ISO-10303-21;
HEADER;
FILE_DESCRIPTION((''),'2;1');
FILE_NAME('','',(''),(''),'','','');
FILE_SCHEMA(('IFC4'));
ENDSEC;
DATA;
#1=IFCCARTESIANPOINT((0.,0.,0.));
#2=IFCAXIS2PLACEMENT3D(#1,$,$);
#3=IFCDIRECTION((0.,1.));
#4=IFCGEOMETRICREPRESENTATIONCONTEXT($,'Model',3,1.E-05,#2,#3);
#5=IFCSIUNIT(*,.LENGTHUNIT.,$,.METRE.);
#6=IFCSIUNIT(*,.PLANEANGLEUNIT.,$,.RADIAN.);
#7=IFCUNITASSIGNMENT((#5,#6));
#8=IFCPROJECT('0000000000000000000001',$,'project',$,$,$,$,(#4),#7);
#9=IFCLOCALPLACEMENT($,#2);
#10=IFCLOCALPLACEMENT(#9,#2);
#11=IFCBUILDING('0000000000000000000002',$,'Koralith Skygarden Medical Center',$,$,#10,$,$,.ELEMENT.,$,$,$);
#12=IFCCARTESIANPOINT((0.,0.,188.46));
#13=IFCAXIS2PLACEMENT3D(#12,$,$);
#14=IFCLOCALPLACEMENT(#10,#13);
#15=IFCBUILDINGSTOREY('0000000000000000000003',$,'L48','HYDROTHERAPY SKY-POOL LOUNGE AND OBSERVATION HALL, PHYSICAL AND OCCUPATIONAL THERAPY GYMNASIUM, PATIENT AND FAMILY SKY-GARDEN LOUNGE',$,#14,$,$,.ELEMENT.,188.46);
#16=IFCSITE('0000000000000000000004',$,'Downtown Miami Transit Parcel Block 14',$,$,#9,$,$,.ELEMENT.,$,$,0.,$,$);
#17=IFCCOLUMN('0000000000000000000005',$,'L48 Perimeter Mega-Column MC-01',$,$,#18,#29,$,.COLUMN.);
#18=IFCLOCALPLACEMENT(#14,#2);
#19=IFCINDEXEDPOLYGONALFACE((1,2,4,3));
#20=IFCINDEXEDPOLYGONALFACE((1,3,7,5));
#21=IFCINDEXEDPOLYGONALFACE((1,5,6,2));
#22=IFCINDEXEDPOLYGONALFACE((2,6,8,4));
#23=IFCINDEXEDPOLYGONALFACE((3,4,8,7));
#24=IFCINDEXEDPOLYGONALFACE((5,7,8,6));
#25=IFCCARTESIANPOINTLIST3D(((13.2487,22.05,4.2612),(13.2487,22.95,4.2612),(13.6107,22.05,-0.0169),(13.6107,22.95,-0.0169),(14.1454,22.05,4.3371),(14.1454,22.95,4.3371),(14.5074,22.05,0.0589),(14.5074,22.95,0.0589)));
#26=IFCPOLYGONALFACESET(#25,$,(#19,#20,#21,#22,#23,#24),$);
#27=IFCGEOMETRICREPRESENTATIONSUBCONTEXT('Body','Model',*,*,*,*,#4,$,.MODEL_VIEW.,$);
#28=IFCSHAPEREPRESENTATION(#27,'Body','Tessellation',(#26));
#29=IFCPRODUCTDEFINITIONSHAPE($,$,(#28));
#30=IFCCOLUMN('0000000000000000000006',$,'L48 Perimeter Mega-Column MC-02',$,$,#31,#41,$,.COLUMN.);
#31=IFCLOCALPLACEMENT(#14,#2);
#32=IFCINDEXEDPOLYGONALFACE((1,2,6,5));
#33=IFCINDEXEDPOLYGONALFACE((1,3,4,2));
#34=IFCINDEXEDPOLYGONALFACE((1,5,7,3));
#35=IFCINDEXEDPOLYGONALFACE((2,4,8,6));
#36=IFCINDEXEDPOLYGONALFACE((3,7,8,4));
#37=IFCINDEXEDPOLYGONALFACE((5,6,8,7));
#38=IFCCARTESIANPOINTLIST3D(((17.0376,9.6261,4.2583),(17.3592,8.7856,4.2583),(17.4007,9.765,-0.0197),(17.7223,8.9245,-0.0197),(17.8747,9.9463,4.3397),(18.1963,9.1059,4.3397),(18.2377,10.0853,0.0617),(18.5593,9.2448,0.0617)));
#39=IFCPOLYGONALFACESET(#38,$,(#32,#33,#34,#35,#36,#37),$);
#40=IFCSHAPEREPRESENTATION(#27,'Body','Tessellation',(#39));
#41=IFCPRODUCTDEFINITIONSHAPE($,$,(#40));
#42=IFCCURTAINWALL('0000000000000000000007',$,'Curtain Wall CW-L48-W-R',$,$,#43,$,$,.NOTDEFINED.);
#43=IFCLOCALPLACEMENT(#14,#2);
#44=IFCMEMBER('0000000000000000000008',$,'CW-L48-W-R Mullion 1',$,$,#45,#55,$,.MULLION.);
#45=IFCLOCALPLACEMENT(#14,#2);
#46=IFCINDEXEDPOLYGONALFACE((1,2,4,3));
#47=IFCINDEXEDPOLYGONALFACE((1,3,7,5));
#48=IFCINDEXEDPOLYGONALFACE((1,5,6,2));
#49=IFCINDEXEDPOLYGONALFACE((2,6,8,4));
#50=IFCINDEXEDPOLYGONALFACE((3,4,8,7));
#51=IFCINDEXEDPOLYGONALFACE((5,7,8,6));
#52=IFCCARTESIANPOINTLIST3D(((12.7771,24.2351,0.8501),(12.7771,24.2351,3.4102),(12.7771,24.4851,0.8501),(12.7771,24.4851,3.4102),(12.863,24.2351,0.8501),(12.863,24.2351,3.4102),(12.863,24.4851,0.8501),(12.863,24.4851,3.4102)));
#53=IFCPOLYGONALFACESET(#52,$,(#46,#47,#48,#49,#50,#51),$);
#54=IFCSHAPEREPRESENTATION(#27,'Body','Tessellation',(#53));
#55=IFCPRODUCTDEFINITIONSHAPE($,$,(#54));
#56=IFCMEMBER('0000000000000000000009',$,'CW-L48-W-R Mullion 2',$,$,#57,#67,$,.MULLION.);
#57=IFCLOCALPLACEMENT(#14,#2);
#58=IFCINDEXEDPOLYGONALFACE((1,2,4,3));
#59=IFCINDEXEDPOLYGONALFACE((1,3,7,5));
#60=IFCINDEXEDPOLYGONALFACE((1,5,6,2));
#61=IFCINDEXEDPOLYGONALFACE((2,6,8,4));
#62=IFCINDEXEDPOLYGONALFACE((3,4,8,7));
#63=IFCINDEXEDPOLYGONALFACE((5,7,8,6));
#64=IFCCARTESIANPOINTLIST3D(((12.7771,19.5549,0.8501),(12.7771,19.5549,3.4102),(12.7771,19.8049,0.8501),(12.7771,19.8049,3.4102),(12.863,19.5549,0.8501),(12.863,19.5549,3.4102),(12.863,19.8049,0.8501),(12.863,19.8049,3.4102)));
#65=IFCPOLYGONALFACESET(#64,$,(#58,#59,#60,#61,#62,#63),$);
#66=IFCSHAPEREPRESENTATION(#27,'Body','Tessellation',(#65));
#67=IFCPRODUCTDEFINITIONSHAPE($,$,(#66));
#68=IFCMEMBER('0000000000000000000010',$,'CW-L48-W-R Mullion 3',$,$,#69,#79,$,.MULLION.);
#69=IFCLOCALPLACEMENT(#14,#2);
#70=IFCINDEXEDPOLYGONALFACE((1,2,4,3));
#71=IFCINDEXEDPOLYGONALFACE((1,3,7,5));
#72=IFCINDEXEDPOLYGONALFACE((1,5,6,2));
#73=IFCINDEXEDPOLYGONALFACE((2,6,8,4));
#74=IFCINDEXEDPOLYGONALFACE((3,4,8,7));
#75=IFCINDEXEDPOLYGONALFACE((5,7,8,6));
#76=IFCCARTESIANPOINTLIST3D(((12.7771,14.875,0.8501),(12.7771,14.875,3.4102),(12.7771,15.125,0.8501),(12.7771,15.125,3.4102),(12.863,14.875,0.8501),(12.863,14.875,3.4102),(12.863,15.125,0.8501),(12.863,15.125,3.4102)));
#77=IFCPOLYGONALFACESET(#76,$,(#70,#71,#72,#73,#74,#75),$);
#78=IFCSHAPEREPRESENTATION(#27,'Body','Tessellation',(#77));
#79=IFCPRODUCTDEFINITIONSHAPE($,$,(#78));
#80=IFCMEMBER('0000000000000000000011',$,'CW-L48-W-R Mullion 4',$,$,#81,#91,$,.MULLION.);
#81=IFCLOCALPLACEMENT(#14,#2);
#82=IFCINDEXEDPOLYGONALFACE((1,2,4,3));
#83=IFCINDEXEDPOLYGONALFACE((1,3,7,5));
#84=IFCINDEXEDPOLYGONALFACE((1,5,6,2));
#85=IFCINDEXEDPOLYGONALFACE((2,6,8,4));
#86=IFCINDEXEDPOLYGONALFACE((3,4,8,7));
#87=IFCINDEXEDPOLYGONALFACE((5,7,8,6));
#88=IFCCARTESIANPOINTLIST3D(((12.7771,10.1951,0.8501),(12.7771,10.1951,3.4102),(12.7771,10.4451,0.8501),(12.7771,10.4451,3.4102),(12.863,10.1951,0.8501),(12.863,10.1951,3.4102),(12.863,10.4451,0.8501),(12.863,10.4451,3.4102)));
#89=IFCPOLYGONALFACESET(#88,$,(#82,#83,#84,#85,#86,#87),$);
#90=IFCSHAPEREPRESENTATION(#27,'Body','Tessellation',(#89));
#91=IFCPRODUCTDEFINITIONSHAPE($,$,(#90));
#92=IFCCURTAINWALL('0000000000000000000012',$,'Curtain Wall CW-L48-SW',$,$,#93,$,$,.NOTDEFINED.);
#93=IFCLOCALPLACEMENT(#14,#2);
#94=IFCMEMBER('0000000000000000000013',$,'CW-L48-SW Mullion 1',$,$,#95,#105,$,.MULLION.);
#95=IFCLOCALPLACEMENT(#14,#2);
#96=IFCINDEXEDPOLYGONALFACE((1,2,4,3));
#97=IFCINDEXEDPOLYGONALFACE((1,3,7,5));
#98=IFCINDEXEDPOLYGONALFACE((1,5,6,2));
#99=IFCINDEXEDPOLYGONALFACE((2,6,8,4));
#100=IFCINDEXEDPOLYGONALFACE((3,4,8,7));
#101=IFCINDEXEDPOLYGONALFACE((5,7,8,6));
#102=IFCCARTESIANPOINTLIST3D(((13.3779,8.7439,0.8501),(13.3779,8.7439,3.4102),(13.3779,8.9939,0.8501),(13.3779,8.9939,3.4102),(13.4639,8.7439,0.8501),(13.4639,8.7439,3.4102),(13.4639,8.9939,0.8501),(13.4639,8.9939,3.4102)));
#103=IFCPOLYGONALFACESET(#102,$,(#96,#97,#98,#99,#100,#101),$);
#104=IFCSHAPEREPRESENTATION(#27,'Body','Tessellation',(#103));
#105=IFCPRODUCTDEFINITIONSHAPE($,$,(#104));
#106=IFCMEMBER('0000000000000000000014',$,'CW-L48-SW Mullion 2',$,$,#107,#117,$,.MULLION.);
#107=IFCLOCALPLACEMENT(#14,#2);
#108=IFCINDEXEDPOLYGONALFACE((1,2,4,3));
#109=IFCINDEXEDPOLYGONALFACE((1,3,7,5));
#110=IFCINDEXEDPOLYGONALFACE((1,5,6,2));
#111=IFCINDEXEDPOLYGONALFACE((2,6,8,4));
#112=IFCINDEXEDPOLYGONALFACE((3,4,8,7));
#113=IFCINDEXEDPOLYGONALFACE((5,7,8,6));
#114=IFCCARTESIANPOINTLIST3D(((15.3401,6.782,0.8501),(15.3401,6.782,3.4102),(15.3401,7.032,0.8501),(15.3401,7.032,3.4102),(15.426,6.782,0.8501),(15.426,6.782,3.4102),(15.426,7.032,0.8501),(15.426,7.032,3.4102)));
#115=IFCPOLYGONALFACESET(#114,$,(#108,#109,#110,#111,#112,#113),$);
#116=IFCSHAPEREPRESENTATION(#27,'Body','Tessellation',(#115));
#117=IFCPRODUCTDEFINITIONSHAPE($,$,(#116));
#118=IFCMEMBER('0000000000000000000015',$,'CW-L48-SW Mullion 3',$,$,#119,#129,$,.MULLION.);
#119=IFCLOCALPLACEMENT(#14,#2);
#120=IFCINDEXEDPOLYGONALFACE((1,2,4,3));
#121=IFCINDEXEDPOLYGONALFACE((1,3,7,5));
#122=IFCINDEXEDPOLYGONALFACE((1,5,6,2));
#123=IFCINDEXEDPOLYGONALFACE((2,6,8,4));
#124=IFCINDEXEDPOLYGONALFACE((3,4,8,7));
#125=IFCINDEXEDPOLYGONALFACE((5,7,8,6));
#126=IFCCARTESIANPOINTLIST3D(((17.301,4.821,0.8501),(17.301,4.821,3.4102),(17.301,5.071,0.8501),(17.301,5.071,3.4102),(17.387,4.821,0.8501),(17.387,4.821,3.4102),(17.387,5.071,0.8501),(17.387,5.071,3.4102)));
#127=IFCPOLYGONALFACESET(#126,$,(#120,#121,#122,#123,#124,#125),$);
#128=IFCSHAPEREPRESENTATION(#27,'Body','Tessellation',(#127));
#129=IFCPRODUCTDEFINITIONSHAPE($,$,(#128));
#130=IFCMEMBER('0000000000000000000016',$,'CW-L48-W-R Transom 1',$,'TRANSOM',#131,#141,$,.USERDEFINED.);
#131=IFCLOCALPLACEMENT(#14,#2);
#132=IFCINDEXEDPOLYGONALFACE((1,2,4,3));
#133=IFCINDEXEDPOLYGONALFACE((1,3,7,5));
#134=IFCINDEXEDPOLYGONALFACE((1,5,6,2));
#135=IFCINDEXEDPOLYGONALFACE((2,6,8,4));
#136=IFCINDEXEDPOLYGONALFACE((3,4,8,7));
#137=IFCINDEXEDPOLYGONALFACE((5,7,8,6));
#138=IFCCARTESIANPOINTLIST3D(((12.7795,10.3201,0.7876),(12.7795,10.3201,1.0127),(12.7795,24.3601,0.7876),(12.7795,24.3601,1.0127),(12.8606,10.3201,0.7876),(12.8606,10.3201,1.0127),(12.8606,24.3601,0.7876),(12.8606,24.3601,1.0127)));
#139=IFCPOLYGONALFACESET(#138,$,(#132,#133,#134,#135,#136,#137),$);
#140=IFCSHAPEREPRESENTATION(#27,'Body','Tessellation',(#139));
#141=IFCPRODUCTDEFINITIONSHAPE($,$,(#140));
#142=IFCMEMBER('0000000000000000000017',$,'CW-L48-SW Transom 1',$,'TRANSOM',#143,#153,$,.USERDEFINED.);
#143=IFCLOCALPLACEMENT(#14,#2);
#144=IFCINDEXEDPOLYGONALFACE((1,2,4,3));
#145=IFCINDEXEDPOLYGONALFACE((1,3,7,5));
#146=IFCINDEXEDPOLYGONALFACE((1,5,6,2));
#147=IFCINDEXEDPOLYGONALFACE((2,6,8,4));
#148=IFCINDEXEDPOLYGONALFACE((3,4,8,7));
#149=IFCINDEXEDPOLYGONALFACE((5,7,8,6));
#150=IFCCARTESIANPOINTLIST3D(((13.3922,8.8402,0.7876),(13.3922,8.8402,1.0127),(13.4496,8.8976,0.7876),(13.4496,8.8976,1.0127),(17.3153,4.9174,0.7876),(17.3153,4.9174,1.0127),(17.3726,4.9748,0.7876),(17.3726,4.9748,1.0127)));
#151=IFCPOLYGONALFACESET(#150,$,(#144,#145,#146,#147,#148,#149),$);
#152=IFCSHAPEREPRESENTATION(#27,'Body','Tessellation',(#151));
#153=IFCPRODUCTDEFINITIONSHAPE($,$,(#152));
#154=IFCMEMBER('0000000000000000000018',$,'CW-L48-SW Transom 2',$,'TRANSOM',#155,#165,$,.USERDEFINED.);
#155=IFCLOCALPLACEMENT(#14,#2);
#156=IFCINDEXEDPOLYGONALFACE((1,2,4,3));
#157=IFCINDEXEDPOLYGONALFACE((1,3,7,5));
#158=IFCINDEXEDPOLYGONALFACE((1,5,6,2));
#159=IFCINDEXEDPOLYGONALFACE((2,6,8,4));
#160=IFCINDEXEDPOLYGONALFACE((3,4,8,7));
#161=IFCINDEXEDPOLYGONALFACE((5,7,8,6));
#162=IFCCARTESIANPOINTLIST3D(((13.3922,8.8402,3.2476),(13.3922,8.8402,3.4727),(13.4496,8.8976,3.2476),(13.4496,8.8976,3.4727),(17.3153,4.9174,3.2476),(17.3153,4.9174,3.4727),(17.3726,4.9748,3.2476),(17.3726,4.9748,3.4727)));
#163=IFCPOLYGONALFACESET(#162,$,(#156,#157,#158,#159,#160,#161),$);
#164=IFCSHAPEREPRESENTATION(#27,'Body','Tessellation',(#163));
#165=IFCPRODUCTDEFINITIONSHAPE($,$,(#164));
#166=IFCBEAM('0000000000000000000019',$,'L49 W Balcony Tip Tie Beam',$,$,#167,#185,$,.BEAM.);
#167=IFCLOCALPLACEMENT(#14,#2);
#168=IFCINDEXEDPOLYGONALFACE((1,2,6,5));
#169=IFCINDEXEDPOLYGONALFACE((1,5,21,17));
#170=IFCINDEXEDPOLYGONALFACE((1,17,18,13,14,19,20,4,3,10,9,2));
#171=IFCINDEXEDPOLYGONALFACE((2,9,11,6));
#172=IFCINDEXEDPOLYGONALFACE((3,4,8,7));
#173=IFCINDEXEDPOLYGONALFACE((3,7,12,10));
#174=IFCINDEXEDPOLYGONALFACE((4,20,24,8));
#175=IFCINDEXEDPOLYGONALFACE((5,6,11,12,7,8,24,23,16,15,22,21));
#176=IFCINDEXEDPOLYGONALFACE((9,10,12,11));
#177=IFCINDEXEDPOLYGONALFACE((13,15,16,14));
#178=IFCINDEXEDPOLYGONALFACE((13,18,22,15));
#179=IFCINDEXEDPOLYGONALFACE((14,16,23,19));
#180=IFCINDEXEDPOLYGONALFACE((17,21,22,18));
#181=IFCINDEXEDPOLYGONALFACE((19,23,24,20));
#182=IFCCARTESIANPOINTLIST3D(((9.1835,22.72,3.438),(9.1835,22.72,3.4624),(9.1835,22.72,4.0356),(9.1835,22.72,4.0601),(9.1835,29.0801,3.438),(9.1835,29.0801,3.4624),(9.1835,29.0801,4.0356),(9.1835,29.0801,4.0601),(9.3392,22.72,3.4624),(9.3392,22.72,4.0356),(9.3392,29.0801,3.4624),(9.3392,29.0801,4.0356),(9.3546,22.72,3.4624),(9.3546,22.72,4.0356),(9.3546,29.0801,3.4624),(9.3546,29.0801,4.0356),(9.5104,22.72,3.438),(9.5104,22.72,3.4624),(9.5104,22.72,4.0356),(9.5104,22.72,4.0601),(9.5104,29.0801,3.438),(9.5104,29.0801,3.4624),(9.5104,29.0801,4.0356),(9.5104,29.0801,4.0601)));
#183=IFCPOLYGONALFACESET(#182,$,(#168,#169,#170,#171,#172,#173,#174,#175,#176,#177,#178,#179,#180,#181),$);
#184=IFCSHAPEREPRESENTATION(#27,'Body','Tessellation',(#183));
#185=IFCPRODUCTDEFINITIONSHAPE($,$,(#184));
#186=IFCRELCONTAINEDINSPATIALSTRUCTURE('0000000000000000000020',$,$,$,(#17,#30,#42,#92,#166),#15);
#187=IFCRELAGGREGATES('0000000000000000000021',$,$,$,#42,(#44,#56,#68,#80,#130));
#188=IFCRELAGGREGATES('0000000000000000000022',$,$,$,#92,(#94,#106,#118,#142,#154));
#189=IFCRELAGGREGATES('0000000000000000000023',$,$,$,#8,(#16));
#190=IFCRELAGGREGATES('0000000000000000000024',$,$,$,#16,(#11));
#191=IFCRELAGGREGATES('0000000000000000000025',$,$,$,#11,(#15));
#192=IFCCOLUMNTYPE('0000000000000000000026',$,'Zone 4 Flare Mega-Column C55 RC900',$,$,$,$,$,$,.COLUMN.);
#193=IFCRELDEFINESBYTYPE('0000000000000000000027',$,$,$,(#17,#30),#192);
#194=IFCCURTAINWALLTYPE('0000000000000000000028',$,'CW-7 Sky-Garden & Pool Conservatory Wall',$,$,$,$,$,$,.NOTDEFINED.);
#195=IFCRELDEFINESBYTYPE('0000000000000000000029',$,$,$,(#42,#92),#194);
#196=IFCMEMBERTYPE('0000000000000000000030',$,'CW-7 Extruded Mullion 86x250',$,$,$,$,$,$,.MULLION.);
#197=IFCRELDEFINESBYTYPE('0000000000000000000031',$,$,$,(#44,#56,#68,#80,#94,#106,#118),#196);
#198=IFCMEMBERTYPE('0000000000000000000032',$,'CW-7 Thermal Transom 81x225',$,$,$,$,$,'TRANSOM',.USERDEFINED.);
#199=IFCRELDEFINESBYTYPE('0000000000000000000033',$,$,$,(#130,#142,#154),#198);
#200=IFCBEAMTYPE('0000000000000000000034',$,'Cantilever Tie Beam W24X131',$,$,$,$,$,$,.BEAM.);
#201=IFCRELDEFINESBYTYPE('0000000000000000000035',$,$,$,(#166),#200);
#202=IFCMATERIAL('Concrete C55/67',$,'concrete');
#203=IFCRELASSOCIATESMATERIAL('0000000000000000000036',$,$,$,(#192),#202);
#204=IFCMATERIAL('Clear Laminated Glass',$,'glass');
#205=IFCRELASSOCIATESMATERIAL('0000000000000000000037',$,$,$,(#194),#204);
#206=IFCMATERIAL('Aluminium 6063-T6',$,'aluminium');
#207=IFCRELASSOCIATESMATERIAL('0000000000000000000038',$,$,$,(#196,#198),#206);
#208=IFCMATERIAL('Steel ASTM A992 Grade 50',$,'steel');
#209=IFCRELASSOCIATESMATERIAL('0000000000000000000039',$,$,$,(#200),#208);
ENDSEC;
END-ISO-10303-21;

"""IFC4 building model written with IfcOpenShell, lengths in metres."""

from ifc_helpers import new_model, si_unit, direction, frame, origin, origin_2d, place, context, subcontext, project, spatial, rectangle, i_section, extrude, material, material_profile, profile_set, type_object, element, aggregate, save


model = new_model("IFC4")

# Units and contexts
model_context = context("Model", 3, precision=1e-05, world=origin(), true_north=direction((0.0, 1.0)))
body_context = subcontext(model_context, "Body", "Model", "MODEL_VIEW")
ifc_project = project(units=[si_unit("LENGTHUNIT", "METRE"), si_unit("PLANEANGLEUNIT", "RADIAN")], contexts=[model_context])

# Site, building, storey
site_placement = place(None, origin())
site = spatial("IfcSite", under=ifc_project, at=site_placement, Name="Downtown Miami Transit Parcel Block 14", CompositionType="ELEMENT", RefElevation=0.0)
building_placement = place(site_placement, origin())
building = spatial("IfcBuilding", under=site, at=building_placement, Name="Koralith Skygarden Medical Center", CompositionType="ELEMENT")
storey_placement = place(building_placement, frame((0.0, 0.0, 188.46)))
storey = spatial("IfcBuildingStorey", under=building, at=storey_placement, Name="L48", Description="HYDROTHERAPY SKY-POOL LOUNGE AND OBSERVATION HALL, PHYSICAL AND OCCUPATIONAL THERAPY GYMNASIUM, PATIENT AND FAMILY SKY-GARDEN LOUNGE", CompositionType="ELEMENT", Elevation=188.46)

# Columns
ifc_material_1 = material(Name="Concrete C55/67", Category="concrete")
ifc_material_profile_1 = material_profile(ifc_material_1, rectangle(XDim=0.8999, YDim=0.8999, at=origin_2d()), Name="RC900X900")
ifc_profile_set_1 = profile_set([ifc_material_profile_1], Name="Concrete C55/67")
column_type = type_object("IfcColumnType", Name="Zone 4 Flare Mega-Column C55 RC900", PredefinedType="COLUMN", material=ifc_profile_set_1)
column_1_placement = place(storey_placement, frame((14.0591, 22.5, 0.021), z_axis=(-0.08433, 0.0, 0.996438), x_axis=(0.0, -1.0, 0.0)))
element("IfcColumn", 1, at=column_1_placement, inside=storey, type_object=column_type, Name="L48 Perimeter Mega-Column MC-01", PredefinedType="COLUMN", context=body_context, shape_type="SweptSolid", body=[
    extrude(rectangle(XDim=0.8999, YDim=0.8999, at=origin_2d()), origin(), (0.0, 0.0, 1.0), 4.2935),
])
column_2_placement = place(storey_placement, frame((17.98, 9.5049, 0.021), z_axis=(-0.084512, -0.032338, 0.995898), x_axis=(0.357379, -0.933959, 0.0)))
element("IfcColumn", 2, at=column_2_placement, inside=storey, type_object=column_type, Name="L48 Perimeter Mega-Column MC-02", PredefinedType="COLUMN", context=body_context, shape_type="SweptSolid", body=[
    extrude(rectangle(XDim=0.8999, YDim=0.8999, at=origin_2d()), origin(), (0.0, 0.0, 1.0), 4.2957),
])

# Curtain walls, members
ifc_material_2 = material(Name="Clear Laminated Glass", Category="glass")
curtain_wall_type = type_object("IfcCurtainWallType", Name="CW-7 Sky-Garden & Pool Conservatory Wall", PredefinedType="NOTDEFINED", material=ifc_material_2)
curtain_wall_1_placement = place(storey_placement, origin())
curtain_wall_1 = element("IfcCurtainWall", 3, at=curtain_wall_1_placement, inside=storey, type_object=curtain_wall_type, Name="Curtain Wall CW-L48-W-R", PredefinedType="NOTDEFINED")
ifc_material_3 = material(Name="Aluminium 6063-T6", Category="aluminium")
ifc_material_profile_2 = material_profile(ifc_material_3, rectangle(XDim=0.0859, YDim=0.25, at=origin_2d()), Name="MUL86X250")
ifc_profile_set_2 = profile_set([ifc_material_profile_2], Name="Aluminium 6063-T6")
member_type_1 = type_object("IfcMemberType", Name="CW-7 Extruded Mullion 86x250", PredefinedType="MULLION", material=ifc_profile_set_2)
member_1_placement = place(storey_placement, frame((12.8201, 24.3601, 0.8501), z_axis=(0.0, 0.0, 1.0), x_axis=(1.0, 0.0, 0.0)))
member_1 = element("IfcMember", 4, at=member_1_placement, type_object=member_type_1, Name="CW-L48-W-R Mullion 1", PredefinedType="MULLION", context=body_context, shape_type="SweptSolid", body=[
    extrude(rectangle(XDim=0.0859, YDim=0.25, at=origin_2d()), origin(), (0.0, 0.0, 1.0), 2.5601),
])
member_2_placement = place(storey_placement, frame((12.8201, 19.6799, 0.8501), z_axis=(0.0, 0.0, 1.0), x_axis=(1.0, 0.0, 0.0)))
member_2 = element("IfcMember", 5, at=member_2_placement, type_object=member_type_1, Name="CW-L48-W-R Mullion 2", PredefinedType="MULLION", context=body_context, shape_type="SweptSolid", body=[
    extrude(rectangle(XDim=0.0859, YDim=0.25, at=origin_2d()), origin(), (0.0, 0.0, 1.0), 2.5601),
])
member_3_placement = place(storey_placement, frame((12.8201, 15.0, 0.8501), z_axis=(0.0, 0.0, 1.0), x_axis=(1.0, 0.0, 0.0)))
member_3 = element("IfcMember", 6, at=member_3_placement, type_object=member_type_1, Name="CW-L48-W-R Mullion 3", PredefinedType="MULLION", context=body_context, shape_type="SweptSolid", body=[
    extrude(rectangle(XDim=0.0859, YDim=0.25, at=origin_2d()), origin(), (0.0, 0.0, 1.0), 2.5601),
])
member_4_placement = place(storey_placement, frame((12.8201, 10.3201, 0.8501), z_axis=(0.0, 0.0, 1.0), x_axis=(1.0, 0.0, 0.0)))
member_4 = element("IfcMember", 7, at=member_4_placement, type_object=member_type_1, Name="CW-L48-W-R Mullion 4", PredefinedType="MULLION", context=body_context, shape_type="SweptSolid", body=[
    extrude(rectangle(XDim=0.0859, YDim=0.25, at=origin_2d()), origin(), (0.0, 0.0, 1.0), 2.5601),
])
curtain_wall_2_placement = place(storey_placement, origin())
curtain_wall_2 = element("IfcCurtainWall", 8, at=curtain_wall_2_placement, inside=storey, type_object=curtain_wall_type, Name="Curtain Wall CW-L48-SW", PredefinedType="NOTDEFINED")
member_5_placement = place(storey_placement, frame((13.4209, 8.8689, 0.8501), z_axis=(0.0, 0.0, 1.0), x_axis=(1.0, 0.0, 0.0)))
member_5 = element("IfcMember", 9, at=member_5_placement, type_object=member_type_1, Name="CW-L48-SW Mullion 1", PredefinedType="MULLION", context=body_context, shape_type="SweptSolid", body=[
    extrude(rectangle(XDim=0.0859, YDim=0.25, at=origin_2d()), origin(), (0.0, 0.0, 1.0), 2.5601),
])
member_6_placement = place(storey_placement, frame((15.3831, 6.907, 0.8501), z_axis=(0.0, 0.0, 1.0), x_axis=(1.0, 0.0, 0.0)))
member_6 = element("IfcMember", 10, at=member_6_placement, type_object=member_type_1, Name="CW-L48-SW Mullion 2", PredefinedType="MULLION", context=body_context, shape_type="SweptSolid", body=[
    extrude(rectangle(XDim=0.0859, YDim=0.25, at=origin_2d()), origin(), (0.0, 0.0, 1.0), 2.5601),
])
member_7_placement = place(storey_placement, frame((17.344, 4.946, 0.8501), z_axis=(0.0, 0.0, 1.0), x_axis=(1.0, 0.0, 0.0)))
member_7 = element("IfcMember", 11, at=member_7_placement, type_object=member_type_1, Name="CW-L48-SW Mullion 3", PredefinedType="MULLION", context=body_context, shape_type="SweptSolid", body=[
    extrude(rectangle(XDim=0.0859, YDim=0.25, at=origin_2d()), origin(), (0.0, 0.0, 1.0), 2.5601),
])

# Members
ifc_material_profile_3 = material_profile(ifc_material_3, rectangle(XDim=0.0811, YDim=0.2251, at=origin_2d()), Name="TRN81X225")
ifc_profile_set_3 = profile_set([ifc_material_profile_3], Name="Aluminium 6063-T6")
member_type_2 = type_object("IfcMemberType", Name="CW-7 Thermal Transom 81x225", ElementType="TRANSOM", PredefinedType="USERDEFINED", material=ifc_profile_set_3)
member_8_placement = place(storey_placement, frame((12.8201, 24.3601, 0.9001), z_axis=(0.0, -1.0, 0.0), x_axis=(1.0, 0.0, 0.0)))
member_8 = element("IfcMember", 12, at=member_8_placement, type_object=member_type_2, Name="CW-L48-W-R Transom 1", ObjectType="TRANSOM", PredefinedType="USERDEFINED", context=body_context, shape_type="SweptSolid", body=[
    extrude(rectangle(XDim=0.0811, YDim=0.2251, at=origin_2d()), origin(), (0.0, 0.0, 1.0), 14.04),
])
member_9_placement = place(storey_placement, frame((13.4209, 8.8689, 0.9001), z_axis=(0.707129, -0.707085, 0.0), x_axis=(0.707085, 0.707129, 0.0)))
member_9 = element("IfcMember", 13, at=member_9_placement, type_object=member_type_2, Name="CW-L48-SW Transom 1", ObjectType="TRANSOM", PredefinedType="USERDEFINED", context=body_context, shape_type="SweptSolid", body=[
    extrude(rectangle(XDim=0.0811, YDim=0.2251, at=origin_2d()), origin(), (0.0, 0.0, 1.0), 5.5479),
])
member_10_placement = place(storey_placement, frame((13.4209, 8.8689, 3.3601), z_axis=(0.707129, -0.707085, 0.0), x_axis=(0.707085, 0.707129, 0.0)))
member_10 = element("IfcMember", 14, at=member_10_placement, type_object=member_type_2, Name="CW-L48-SW Transom 2", ObjectType="TRANSOM", PredefinedType="USERDEFINED", context=body_context, shape_type="SweptSolid", body=[
    extrude(rectangle(XDim=0.0811, YDim=0.2251, at=origin_2d()), origin(), (0.0, 0.0, 1.0), 5.5479),
])

# Beam
ifc_material_4 = material(Name="Steel ASTM A992 Grade 50", Category="steel")
ifc_material_profile_4 = material_profile(ifc_material_4, i_section(OverallWidth=0.3269, OverallDepth=0.6221, WebThickness=0.0154, FlangeThickness=0.0244, at=origin_2d()), Name="W24X131")
ifc_profile_set_4 = profile_set([ifc_material_profile_4], Name="Steel ASTM A992 Grade 50")
beam_type_1 = type_object("IfcBeamType", Name="Cantilever Tie Beam W24X131", PredefinedType="BEAM", material=ifc_profile_set_4)
beam_1_placement = place(storey_placement, frame((9.3469, 22.72, 3.749), z_axis=(0.0, 1.0, 0.0), x_axis=(-1.0, 0.0, 0.0)))
element("IfcBeam", 15, at=beam_1_placement, inside=storey, type_object=beam_type_1, Name="L49 W Balcony Tip Tie Beam", PredefinedType="BEAM", context=body_context, shape_type="SweptSolid", body=[
    extrude(i_section(OverallWidth=0.3269, OverallDepth=0.6221, WebThickness=0.0154, FlangeThickness=0.0244, at=origin_2d()), origin(), (0.0, 0.0, 1.0), 6.3601),
])

aggregate(curtain_wall_1, [member_1, member_2, member_3, member_4, member_8])
aggregate(curtain_wall_2, [member_5, member_6, member_7, member_9, member_10])

save(model, "model.ifc")
